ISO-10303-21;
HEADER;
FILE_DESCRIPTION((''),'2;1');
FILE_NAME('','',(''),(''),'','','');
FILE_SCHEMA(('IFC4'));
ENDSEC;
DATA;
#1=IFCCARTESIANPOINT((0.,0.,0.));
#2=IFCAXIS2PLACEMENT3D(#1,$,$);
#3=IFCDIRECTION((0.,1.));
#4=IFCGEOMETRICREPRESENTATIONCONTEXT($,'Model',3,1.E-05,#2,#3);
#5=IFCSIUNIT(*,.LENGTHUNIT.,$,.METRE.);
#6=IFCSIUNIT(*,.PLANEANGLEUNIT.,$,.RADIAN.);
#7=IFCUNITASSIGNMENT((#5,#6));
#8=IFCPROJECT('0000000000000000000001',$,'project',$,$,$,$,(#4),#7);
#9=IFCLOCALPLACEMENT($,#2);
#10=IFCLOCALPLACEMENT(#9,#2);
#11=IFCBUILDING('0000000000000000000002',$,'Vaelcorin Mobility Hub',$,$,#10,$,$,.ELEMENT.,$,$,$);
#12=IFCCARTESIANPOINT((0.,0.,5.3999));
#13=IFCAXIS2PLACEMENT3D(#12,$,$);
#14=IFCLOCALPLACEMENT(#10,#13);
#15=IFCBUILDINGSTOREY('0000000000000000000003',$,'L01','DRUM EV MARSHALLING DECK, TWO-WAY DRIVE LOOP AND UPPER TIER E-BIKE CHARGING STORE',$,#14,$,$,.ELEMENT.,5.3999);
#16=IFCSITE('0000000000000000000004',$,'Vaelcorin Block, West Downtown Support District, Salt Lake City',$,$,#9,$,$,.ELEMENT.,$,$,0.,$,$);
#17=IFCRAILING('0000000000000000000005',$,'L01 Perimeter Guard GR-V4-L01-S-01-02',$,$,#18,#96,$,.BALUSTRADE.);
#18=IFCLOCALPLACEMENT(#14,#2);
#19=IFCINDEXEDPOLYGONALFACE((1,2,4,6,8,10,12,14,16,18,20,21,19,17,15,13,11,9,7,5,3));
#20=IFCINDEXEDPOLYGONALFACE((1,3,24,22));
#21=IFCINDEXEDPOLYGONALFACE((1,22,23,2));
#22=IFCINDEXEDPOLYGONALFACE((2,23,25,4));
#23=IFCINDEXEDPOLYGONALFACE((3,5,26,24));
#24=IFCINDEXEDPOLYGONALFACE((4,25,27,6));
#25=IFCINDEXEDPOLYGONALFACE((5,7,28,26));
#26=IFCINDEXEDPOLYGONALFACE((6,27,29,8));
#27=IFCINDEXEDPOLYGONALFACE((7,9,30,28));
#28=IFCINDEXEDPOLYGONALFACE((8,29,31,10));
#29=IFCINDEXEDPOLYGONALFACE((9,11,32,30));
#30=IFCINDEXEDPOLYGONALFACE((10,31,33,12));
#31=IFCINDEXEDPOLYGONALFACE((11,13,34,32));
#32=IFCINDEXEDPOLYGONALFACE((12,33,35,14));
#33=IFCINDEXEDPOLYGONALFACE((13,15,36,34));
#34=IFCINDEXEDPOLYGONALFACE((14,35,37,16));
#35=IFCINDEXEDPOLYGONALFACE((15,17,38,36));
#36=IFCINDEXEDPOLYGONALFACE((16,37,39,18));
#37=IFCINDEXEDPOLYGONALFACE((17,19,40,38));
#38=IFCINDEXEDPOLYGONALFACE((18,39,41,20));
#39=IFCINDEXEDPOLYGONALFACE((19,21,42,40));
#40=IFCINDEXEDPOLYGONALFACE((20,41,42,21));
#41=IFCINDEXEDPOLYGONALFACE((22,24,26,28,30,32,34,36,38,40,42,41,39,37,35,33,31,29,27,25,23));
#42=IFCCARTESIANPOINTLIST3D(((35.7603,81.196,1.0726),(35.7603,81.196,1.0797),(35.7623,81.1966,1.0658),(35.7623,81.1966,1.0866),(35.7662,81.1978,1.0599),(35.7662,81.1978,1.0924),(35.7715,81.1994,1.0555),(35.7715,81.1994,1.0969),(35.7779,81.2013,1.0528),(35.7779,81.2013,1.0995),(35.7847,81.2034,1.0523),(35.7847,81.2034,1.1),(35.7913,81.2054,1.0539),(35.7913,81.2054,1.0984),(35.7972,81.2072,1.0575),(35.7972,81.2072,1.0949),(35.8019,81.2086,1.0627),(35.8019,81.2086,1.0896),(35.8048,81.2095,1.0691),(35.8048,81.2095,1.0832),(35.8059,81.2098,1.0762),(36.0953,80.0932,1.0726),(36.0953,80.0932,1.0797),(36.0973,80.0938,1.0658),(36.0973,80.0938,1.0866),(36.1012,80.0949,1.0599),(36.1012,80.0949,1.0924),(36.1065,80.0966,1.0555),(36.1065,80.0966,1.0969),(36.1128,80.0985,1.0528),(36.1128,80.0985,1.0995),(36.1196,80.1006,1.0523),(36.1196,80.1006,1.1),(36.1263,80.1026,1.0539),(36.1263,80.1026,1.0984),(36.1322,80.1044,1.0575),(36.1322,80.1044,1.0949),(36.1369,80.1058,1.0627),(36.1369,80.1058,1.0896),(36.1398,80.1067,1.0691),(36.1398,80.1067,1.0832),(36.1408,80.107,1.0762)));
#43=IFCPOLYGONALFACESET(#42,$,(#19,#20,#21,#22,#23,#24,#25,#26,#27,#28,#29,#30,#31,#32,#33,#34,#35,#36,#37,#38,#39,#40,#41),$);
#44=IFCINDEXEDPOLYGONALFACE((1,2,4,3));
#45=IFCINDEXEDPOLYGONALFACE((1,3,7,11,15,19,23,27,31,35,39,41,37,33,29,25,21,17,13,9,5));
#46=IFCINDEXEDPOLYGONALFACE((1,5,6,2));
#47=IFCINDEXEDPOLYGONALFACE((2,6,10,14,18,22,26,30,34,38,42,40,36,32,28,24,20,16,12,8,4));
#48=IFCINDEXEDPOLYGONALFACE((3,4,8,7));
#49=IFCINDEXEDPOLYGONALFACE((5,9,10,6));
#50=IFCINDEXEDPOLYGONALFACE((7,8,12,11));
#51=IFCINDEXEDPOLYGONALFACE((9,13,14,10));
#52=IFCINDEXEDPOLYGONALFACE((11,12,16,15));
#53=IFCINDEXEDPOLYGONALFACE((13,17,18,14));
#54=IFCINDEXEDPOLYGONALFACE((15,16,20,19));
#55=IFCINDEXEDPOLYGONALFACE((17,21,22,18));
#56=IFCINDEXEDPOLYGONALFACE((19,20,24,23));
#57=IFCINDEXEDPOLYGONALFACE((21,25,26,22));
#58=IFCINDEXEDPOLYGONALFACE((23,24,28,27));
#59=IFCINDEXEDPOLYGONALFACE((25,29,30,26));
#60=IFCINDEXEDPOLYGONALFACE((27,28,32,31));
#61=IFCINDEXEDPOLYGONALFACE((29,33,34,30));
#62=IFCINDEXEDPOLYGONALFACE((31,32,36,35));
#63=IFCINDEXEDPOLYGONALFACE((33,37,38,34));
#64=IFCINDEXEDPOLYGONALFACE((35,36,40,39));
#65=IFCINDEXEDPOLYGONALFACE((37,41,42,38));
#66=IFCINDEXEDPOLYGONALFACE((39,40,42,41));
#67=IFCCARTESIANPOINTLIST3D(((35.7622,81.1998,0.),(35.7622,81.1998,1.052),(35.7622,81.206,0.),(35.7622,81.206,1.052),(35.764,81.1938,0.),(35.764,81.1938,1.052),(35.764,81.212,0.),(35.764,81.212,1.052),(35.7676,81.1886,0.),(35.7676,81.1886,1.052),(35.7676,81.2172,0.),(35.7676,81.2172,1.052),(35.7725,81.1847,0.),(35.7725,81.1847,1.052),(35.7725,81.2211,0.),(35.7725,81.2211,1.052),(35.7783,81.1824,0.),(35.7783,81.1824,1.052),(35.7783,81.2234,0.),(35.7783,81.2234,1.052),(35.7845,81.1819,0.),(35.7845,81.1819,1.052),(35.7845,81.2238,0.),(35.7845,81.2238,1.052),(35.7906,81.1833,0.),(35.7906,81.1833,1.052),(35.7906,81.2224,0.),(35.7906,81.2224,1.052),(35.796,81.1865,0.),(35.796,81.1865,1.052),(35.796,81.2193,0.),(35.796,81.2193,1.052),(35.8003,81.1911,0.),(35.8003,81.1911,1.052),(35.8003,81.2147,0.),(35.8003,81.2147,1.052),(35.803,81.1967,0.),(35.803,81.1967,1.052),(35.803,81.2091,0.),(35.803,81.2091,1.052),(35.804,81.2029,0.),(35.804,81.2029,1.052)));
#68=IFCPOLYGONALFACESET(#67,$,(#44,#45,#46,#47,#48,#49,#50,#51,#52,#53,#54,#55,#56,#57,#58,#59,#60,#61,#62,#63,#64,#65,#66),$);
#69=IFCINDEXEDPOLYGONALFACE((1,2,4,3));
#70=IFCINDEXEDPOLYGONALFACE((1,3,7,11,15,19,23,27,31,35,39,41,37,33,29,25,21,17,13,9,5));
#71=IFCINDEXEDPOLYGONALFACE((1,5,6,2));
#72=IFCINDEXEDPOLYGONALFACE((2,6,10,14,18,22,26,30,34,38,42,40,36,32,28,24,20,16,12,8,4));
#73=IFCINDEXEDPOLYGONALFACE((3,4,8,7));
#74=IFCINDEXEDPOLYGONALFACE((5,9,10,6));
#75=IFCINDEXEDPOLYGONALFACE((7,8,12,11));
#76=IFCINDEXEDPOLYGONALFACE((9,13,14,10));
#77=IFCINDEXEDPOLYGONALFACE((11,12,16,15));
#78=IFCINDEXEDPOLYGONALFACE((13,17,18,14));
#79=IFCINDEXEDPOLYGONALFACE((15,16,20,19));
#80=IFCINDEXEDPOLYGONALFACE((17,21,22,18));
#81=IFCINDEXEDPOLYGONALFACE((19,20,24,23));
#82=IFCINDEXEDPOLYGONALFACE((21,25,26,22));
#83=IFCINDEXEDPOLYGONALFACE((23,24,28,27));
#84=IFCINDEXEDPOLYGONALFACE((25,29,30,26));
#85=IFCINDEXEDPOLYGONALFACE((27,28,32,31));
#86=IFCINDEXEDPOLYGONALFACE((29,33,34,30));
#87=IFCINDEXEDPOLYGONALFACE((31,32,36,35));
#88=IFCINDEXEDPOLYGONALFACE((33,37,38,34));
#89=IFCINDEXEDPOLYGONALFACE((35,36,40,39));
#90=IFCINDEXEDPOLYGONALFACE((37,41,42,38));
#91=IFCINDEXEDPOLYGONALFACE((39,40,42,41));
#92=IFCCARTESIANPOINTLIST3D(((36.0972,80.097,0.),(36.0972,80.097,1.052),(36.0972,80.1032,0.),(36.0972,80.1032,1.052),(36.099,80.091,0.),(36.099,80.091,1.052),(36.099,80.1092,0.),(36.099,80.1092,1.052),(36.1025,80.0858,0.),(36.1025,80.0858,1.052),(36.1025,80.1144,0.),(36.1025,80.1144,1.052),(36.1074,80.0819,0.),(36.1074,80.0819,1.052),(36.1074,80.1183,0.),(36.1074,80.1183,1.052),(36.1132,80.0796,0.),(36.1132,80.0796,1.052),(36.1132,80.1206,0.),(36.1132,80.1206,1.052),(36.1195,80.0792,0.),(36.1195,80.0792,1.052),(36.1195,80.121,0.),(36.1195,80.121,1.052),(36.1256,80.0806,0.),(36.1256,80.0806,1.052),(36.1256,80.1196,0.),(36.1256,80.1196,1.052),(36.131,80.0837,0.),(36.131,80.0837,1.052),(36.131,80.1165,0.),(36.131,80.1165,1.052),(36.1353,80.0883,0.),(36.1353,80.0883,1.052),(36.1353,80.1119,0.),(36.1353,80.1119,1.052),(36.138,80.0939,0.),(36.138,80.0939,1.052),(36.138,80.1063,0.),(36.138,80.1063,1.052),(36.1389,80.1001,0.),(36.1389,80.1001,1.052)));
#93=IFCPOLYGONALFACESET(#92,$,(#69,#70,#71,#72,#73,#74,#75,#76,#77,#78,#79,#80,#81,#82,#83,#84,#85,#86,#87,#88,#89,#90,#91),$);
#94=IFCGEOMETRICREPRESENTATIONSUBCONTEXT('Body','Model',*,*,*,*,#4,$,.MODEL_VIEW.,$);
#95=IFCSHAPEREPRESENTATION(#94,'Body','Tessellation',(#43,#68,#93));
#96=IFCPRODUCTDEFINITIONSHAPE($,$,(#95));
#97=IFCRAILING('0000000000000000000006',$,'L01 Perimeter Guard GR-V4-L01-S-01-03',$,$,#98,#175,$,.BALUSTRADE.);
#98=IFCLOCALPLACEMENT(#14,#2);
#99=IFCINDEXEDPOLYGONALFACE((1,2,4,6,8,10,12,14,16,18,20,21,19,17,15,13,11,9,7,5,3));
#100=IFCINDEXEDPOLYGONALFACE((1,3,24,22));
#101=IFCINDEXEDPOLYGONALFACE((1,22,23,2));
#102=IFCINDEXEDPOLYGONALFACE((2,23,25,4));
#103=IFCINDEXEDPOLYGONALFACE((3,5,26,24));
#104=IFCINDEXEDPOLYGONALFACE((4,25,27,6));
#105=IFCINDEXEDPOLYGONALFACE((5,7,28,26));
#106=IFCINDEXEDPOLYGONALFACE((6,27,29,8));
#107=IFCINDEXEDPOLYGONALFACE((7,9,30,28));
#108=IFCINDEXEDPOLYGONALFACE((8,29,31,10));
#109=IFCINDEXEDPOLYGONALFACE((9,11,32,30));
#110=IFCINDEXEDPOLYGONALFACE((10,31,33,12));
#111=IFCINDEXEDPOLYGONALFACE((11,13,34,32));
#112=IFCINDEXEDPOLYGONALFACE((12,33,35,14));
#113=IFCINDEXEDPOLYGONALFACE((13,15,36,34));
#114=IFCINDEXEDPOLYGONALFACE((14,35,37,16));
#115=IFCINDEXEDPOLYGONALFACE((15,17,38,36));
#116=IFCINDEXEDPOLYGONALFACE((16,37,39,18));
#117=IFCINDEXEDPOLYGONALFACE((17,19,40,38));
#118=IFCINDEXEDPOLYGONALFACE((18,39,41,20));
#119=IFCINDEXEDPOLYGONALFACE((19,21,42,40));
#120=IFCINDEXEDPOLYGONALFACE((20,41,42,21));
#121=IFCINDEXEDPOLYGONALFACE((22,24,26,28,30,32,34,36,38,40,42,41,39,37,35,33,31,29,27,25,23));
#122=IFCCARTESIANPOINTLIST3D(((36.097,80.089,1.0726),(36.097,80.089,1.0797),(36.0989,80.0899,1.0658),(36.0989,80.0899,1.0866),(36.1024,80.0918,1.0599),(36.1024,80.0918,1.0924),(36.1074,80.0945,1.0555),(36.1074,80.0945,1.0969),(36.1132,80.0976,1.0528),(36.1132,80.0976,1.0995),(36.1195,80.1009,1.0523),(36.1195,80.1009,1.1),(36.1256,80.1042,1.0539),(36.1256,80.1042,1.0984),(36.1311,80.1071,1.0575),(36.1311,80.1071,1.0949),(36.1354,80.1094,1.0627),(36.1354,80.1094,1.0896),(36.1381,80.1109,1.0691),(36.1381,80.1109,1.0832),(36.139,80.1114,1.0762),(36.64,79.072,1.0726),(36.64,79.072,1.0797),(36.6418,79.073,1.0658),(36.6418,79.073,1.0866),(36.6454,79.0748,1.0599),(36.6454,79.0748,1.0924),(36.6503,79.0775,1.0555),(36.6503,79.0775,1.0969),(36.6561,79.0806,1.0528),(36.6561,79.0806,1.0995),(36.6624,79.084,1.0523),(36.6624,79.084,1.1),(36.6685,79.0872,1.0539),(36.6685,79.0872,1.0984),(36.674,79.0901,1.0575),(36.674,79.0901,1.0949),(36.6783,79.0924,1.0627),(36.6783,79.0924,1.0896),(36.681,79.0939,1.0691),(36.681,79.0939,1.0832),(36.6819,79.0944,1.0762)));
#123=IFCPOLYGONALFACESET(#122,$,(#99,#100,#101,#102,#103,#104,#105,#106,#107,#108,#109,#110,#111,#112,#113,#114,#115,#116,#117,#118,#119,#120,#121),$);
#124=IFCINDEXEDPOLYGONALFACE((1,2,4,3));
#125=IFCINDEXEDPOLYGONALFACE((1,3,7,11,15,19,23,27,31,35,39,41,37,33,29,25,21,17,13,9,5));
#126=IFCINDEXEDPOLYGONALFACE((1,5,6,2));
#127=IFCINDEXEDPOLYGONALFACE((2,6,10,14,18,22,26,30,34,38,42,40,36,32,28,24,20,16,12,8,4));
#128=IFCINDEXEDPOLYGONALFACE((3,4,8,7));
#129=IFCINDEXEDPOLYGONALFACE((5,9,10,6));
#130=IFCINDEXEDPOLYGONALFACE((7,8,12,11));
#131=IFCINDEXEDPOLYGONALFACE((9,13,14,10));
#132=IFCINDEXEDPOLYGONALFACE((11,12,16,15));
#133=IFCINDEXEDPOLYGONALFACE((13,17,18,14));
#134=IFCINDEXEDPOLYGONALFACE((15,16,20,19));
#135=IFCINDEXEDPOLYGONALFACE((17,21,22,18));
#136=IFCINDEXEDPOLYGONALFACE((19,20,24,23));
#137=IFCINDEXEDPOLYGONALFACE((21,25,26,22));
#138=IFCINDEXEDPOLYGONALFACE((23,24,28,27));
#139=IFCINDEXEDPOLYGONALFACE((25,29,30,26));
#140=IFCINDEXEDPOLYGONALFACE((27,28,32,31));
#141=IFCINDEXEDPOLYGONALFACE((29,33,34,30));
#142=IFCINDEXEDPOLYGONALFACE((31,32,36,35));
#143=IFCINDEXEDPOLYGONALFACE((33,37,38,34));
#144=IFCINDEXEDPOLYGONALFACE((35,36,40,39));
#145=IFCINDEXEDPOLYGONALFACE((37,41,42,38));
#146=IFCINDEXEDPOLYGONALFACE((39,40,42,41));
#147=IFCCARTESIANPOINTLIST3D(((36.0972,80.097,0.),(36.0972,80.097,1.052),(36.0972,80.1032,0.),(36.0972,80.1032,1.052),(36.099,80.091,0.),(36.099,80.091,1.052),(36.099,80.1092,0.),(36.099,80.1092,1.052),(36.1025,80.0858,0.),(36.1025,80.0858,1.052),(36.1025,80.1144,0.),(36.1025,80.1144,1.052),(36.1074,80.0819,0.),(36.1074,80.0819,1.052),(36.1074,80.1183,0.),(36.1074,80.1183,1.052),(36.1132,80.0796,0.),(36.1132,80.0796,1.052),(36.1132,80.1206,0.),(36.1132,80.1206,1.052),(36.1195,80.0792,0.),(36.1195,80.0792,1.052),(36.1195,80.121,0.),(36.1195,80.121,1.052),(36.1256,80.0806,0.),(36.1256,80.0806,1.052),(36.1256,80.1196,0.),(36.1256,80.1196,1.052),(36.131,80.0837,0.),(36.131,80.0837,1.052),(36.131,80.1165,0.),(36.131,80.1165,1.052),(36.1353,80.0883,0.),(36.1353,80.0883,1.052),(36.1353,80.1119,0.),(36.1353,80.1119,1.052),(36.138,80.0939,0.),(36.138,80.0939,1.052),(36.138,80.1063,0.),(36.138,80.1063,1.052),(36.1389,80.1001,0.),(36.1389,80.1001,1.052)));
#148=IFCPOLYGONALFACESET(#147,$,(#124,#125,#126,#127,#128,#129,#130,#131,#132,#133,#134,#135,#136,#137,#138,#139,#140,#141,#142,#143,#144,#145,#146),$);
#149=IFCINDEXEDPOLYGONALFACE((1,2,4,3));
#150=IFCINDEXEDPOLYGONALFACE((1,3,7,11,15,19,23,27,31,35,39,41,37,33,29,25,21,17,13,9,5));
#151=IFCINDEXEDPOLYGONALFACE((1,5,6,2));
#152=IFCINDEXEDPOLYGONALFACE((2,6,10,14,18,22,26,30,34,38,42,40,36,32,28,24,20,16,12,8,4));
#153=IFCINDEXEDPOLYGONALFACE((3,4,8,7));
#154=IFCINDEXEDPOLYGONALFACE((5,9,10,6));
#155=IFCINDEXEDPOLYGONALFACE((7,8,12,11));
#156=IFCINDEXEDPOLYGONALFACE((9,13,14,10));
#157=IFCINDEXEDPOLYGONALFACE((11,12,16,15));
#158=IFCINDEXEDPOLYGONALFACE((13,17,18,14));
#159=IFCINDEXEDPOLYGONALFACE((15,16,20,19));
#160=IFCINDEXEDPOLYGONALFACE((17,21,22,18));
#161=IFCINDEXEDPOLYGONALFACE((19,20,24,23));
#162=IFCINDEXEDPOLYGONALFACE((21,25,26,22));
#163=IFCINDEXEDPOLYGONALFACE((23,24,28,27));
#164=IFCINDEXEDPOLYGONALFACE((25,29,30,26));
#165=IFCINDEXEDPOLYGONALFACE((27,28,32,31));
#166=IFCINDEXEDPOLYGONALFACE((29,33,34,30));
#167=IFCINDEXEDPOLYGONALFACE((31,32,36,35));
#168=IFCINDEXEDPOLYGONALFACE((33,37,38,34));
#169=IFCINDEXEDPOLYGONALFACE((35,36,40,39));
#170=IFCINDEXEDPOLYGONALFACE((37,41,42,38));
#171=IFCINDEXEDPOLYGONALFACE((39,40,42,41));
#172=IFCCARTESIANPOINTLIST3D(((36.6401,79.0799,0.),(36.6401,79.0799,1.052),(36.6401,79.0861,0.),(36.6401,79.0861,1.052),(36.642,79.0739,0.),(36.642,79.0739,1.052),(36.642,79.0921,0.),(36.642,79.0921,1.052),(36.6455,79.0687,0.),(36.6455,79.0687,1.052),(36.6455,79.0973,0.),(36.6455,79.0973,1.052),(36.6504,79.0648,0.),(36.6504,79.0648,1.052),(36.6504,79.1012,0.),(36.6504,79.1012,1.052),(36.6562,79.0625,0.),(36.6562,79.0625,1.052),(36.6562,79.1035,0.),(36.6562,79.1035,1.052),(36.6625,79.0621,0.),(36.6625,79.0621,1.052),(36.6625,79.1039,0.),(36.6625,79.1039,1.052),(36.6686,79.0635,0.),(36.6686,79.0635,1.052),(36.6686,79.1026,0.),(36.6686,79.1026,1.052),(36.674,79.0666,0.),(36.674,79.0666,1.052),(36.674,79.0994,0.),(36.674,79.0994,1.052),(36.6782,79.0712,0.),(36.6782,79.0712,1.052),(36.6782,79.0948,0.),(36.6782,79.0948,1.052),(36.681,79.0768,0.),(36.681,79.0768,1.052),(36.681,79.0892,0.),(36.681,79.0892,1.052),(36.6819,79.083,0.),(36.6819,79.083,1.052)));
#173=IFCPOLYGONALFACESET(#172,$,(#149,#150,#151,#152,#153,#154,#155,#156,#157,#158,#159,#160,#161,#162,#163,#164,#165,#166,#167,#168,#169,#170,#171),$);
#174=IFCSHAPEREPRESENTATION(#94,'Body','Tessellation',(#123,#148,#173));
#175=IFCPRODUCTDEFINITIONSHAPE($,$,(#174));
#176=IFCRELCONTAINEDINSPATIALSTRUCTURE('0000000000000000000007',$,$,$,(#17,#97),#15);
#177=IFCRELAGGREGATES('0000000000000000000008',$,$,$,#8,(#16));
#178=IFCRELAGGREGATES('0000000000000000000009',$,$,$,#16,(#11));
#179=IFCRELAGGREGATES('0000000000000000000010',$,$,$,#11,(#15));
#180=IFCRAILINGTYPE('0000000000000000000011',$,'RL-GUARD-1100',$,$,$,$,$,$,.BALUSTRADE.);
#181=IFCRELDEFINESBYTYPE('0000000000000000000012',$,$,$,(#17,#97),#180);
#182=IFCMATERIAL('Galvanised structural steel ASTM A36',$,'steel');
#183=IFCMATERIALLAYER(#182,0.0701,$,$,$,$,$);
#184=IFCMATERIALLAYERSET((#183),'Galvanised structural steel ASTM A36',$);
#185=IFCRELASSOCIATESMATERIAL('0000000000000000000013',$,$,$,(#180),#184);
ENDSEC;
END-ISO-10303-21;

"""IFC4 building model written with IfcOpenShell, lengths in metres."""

from ifc_helpers import new_model, si_unit, direction, frame, origin, origin_2d, place, context, subcontext, project, spatial, circle, extrude, material, layer, layer_set, type_object, element, save


model = new_model("IFC4")

# Units and contexts
model_context = context("Model", 3, precision=1e-05, world=origin(), true_north=direction((0.0, 1.0)))
body_context = subcontext(model_context, "Body", "Model", "MODEL_VIEW")
ifc_project = project(units=[si_unit("LENGTHUNIT", "METRE"), si_unit("PLANEANGLEUNIT", "RADIAN")], contexts=[model_context])

# Site, building, storey
site_placement = place(None, origin())
site = spatial("IfcSite", under=ifc_project, at=site_placement, Name="Vaelcorin Block, West Downtown Support District, Salt Lake City", CompositionType="ELEMENT", RefElevation=0.0)
building_placement = place(site_placement, origin())
building = spatial("IfcBuilding", under=site, at=building_placement, Name="Vaelcorin Mobility Hub", CompositionType="ELEMENT")
storey_placement = place(building_placement, frame((0.0, 0.0, 5.3999)))
storey = spatial("IfcBuildingStorey", under=building, at=storey_placement, Name="L01", Description="DRUM EV MARSHALLING DECK, TWO-WAY DRIVE LOOP AND UPPER TIER E-BIKE CHARGING STORE", CompositionType="ELEMENT", Elevation=5.3999)

# Railings
ifc_material_1 = material(Name="Galvanised structural steel ASTM A36", Category="steel")
ifc_layer_1 = layer(ifc_material_1, 0.0701)
ifc_layer_set_1 = layer_set([ifc_layer_1], Name="Galvanised structural steel ASTM A36")
railing_type_1 = type_object("IfcRailingType", Name="RL-GUARD-1100", PredefinedType="BALUSTRADE", material=ifc_layer_set_1)
railing_1_placement = place(storey_placement, frame((35.783, 81.2029, 0.0)))
element("IfcRailing", 1, at=railing_1_placement, inside=storey, type_object=railing_type_1, Name="L01 Perimeter Guard GR-V4-L01-S-01-02", PredefinedType="BALUSTRADE", context=body_context, shape_type="SweptSolid", body=[
    extrude(circle(Radius=0.0239, at=origin_2d()), frame((0.0, 0.0, 1.0762), z_axis=(0.290631, -0.956835, 0.0), x_axis=(0.956835, 0.290631, 0.0)), (0.0, 0.0, 1.0), 1.1526),
    extrude(circle(Radius=0.021, at=origin_2d()), origin(), (0.0, 0.0, 1.0), 1.052),
    extrude(circle(Radius=0.021, at=origin_2d()), frame((0.335, -1.1028, 0.0)), (0.0, 0.0, 1.0), 1.052),
])
railing_2_placement = place(storey_placement, frame((36.1179, 80.1001, 0.0)))
element("IfcRailing", 2, at=railing_2_placement, inside=storey, type_object=railing_type_1, Name="L01 Perimeter Guard GR-V4-L01-S-01-03", PredefinedType="BALUSTRADE", context=body_context, shape_type="SweptSolid", body=[
    extrude(circle(Radius=0.0239, at=origin_2d()), frame((0.0, 0.0, 1.0762), z_axis=(0.47094, -0.882165, 0.0), x_axis=(0.882165, 0.47094, 0.0)), (0.0, 0.0, 1.0), 1.1528),
    extrude(circle(Radius=0.021, at=origin_2d()), origin(), (0.0, 0.0, 1.0), 1.052),
    extrude(circle(Radius=0.021, at=origin_2d()), frame((0.543, -1.0171, 0.0)), (0.0, 0.0, 1.0), 1.052),
])

save(model, "model.ifc")
